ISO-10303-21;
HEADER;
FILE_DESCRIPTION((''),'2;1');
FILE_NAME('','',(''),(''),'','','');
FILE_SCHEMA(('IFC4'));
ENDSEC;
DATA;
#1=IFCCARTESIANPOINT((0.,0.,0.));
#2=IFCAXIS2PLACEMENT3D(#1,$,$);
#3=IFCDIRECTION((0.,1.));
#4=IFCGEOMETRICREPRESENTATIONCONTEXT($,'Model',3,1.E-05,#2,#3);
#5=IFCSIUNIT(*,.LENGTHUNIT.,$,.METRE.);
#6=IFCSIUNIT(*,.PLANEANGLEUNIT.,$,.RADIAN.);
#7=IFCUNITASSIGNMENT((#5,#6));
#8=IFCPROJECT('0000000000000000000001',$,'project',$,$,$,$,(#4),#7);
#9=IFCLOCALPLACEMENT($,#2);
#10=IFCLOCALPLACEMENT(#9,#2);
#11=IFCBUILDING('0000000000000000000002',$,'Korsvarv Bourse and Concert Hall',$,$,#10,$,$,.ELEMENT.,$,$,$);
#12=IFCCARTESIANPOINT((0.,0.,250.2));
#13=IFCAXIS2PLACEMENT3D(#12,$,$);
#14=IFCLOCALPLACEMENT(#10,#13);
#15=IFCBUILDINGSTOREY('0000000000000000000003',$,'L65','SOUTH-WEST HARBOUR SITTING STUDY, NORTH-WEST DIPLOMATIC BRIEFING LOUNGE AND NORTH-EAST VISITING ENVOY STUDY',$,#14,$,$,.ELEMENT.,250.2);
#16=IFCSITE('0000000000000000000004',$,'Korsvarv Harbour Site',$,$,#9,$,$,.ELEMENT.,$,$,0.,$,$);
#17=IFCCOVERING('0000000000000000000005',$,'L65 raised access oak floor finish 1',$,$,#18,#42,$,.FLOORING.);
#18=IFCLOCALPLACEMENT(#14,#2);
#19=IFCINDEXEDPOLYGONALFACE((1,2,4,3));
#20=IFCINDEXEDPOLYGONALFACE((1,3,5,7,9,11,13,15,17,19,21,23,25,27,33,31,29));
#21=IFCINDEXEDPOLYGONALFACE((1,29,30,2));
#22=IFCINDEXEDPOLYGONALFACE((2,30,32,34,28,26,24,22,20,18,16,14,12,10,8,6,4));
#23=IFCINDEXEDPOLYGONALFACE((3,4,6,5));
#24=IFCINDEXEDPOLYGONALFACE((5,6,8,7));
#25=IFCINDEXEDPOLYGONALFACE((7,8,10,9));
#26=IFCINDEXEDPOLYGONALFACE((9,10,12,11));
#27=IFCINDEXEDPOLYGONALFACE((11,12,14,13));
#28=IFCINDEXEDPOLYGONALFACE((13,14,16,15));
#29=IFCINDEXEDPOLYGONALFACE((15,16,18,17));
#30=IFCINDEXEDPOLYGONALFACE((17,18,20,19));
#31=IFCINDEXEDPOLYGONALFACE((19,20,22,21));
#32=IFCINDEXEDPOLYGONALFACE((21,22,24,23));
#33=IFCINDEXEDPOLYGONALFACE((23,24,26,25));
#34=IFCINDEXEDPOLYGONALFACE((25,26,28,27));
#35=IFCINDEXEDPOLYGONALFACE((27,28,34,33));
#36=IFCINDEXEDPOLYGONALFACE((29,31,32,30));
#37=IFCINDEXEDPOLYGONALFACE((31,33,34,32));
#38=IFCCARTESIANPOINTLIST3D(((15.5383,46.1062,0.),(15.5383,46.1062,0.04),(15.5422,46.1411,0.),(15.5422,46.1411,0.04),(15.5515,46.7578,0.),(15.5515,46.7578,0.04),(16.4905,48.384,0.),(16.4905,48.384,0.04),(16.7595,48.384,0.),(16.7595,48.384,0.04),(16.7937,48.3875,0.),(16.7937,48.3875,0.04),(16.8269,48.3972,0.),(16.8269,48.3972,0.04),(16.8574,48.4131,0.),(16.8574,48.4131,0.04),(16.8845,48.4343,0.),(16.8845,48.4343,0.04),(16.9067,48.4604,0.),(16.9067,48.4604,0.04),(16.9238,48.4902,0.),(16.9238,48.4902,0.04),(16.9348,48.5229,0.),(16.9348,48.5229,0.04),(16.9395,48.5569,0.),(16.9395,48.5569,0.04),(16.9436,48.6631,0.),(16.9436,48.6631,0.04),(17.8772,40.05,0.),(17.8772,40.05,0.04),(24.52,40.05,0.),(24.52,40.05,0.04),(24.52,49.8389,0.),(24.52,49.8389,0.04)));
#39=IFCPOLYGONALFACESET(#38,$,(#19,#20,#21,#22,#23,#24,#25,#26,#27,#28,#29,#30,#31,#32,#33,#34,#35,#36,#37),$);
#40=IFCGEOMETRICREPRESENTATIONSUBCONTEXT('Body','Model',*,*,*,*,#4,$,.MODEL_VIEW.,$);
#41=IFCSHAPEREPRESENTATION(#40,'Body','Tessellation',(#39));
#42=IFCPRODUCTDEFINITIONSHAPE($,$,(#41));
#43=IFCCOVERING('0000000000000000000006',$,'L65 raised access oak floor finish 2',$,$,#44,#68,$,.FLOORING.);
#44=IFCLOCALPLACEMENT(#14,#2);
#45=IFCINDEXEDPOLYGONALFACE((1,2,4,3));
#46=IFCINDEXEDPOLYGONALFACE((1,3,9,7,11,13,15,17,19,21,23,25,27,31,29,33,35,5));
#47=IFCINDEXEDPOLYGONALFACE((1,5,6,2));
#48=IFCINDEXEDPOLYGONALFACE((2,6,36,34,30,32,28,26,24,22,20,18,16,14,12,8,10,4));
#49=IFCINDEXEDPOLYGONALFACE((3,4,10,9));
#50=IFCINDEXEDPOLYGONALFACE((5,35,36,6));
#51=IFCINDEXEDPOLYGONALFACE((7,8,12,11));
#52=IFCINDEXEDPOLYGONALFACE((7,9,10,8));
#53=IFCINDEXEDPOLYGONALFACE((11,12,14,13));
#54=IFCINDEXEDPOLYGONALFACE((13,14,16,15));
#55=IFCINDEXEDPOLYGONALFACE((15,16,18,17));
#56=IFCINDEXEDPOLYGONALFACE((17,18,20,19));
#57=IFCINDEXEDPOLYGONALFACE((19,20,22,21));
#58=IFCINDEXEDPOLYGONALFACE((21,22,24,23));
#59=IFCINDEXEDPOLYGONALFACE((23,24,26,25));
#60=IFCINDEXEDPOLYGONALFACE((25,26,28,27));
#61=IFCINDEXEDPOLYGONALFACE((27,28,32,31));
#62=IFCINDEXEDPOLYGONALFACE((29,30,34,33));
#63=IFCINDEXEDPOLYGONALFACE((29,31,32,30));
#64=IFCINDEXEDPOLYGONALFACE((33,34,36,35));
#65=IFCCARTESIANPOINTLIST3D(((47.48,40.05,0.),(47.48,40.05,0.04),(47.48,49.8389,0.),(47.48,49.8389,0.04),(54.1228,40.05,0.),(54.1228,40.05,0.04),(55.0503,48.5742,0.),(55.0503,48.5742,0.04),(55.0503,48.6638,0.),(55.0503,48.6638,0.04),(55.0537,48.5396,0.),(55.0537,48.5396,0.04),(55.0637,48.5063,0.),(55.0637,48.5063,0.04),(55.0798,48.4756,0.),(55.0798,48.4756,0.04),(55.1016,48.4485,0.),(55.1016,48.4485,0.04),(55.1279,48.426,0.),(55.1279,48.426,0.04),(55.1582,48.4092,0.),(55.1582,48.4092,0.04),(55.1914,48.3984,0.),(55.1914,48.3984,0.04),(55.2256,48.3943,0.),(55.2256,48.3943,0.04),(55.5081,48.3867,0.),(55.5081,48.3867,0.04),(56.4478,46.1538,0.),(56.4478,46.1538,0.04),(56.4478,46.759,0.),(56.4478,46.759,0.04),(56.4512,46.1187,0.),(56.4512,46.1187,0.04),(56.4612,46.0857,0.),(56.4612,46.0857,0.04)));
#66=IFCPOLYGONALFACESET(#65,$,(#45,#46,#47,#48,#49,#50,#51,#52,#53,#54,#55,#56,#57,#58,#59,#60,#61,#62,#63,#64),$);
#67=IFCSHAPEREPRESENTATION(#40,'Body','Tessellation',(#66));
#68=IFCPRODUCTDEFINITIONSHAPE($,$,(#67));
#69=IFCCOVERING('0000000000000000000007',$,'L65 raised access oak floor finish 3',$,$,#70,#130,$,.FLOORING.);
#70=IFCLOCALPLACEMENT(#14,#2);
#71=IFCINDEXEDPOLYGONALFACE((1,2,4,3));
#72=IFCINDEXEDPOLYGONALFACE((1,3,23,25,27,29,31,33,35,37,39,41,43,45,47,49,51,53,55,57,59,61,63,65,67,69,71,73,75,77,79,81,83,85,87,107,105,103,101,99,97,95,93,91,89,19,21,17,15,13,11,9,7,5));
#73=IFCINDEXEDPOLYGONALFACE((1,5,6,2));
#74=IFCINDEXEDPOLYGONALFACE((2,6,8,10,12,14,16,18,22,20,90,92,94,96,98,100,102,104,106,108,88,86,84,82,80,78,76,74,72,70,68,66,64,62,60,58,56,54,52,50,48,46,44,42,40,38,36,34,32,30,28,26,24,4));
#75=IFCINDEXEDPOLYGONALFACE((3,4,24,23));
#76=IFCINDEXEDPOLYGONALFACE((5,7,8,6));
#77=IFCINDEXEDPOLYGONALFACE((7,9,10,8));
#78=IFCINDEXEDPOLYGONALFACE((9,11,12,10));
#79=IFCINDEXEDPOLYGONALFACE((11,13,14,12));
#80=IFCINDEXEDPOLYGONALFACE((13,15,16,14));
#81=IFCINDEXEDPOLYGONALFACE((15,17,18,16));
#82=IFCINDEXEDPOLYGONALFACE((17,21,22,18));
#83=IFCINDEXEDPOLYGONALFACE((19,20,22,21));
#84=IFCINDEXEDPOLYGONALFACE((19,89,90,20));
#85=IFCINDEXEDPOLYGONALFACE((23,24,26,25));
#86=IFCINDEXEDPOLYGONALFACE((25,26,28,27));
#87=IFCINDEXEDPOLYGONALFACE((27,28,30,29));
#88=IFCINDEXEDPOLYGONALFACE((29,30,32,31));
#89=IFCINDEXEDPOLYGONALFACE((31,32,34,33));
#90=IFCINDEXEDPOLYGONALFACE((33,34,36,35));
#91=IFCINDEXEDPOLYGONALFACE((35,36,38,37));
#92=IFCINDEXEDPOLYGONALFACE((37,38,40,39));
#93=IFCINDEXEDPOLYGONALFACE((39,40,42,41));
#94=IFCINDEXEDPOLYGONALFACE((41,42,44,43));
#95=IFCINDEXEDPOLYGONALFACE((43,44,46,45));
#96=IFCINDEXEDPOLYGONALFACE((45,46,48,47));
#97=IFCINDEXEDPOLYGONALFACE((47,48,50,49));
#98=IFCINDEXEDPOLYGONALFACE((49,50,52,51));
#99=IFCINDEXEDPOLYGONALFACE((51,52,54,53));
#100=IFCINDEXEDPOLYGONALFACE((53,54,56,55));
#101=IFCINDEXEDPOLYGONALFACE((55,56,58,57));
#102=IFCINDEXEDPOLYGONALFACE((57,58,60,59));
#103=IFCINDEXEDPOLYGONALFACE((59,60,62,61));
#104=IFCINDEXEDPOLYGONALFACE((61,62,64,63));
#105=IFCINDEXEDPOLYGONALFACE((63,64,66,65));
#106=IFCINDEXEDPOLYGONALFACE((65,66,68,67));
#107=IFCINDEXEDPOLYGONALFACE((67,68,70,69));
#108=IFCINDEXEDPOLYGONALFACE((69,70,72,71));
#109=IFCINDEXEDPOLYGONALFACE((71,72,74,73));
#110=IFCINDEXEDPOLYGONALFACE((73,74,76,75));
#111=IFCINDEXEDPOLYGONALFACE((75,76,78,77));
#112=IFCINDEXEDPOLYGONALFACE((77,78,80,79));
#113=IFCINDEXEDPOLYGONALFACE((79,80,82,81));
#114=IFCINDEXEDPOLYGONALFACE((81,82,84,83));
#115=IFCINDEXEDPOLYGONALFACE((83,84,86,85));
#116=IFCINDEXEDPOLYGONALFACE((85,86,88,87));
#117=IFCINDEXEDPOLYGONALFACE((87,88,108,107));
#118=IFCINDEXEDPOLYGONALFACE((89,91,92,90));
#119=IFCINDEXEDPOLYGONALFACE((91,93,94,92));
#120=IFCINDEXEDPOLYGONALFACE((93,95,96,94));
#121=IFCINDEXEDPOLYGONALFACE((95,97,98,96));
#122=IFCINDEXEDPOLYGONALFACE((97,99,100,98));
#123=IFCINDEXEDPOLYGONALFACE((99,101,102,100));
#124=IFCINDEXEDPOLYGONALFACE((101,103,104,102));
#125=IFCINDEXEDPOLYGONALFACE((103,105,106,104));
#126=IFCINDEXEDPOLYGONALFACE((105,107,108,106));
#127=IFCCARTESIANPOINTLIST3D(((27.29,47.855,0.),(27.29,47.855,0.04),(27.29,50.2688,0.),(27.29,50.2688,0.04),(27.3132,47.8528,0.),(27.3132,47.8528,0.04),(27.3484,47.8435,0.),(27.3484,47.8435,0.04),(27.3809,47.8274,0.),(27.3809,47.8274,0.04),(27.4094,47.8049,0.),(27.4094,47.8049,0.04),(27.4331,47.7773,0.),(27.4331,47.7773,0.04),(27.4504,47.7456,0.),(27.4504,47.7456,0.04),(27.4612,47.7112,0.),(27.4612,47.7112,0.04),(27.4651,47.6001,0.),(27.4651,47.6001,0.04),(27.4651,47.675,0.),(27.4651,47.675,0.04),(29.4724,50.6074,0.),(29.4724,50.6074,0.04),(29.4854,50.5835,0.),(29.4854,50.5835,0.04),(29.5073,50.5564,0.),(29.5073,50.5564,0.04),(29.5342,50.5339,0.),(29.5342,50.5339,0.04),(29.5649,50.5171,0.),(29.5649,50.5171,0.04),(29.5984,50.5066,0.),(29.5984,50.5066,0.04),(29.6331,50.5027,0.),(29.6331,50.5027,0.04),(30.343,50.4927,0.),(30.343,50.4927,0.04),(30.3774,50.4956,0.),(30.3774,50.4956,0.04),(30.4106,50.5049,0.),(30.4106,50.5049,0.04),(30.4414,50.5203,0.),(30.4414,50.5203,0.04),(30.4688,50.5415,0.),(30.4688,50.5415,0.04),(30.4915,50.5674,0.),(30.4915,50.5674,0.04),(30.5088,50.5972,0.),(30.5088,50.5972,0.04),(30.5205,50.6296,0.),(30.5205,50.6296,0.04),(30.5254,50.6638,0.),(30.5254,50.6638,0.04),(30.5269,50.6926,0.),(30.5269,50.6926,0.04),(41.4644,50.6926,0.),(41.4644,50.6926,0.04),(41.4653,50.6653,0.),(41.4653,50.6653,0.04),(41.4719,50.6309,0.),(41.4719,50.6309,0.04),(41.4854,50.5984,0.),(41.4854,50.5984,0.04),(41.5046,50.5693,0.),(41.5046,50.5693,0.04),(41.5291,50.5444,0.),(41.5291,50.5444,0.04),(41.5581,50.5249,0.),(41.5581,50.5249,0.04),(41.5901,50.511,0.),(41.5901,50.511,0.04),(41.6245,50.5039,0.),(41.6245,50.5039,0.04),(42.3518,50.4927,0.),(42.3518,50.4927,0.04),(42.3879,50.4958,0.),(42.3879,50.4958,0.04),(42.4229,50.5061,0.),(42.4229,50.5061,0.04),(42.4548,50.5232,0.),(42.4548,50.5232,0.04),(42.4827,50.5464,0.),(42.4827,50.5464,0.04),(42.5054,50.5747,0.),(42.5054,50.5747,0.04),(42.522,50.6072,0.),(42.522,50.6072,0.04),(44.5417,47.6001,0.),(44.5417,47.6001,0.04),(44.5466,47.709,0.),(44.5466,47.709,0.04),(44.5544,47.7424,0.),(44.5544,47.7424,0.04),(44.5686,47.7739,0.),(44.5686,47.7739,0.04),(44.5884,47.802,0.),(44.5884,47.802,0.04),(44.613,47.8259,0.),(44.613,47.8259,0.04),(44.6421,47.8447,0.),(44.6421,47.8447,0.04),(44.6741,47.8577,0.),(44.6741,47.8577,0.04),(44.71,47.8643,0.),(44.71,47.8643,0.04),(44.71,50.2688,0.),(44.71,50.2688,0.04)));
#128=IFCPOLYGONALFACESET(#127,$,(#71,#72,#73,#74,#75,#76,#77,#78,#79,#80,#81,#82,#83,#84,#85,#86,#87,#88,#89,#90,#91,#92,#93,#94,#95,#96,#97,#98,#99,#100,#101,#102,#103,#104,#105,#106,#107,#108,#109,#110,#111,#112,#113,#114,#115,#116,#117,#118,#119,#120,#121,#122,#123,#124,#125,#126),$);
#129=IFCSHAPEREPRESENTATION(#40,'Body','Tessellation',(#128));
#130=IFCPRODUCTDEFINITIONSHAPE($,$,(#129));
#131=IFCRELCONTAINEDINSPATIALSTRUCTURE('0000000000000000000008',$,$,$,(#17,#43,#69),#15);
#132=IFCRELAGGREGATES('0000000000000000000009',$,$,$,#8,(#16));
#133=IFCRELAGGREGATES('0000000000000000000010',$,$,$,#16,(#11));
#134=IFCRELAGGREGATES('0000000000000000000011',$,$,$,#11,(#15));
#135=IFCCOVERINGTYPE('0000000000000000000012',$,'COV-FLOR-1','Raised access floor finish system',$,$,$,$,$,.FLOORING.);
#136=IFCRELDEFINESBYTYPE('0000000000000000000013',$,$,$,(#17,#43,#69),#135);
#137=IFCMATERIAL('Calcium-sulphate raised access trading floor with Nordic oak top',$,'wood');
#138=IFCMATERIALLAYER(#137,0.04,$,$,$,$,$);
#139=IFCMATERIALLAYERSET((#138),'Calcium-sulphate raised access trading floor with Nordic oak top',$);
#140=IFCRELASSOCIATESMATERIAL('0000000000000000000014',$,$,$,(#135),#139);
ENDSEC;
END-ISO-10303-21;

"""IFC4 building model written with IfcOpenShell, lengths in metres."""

from ifc_helpers import new_model, si_unit, direction, frame, origin, place, context, subcontext, project, spatial, polyline, outline, extrude, material, layer, layer_set, type_object, element, save


model = new_model("IFC4")

# Units and contexts
model_context = context("Model", 3, precision=1e-05, world=origin(), true_north=direction((0.0, 1.0)))
body_context = subcontext(model_context, "Body", "Model", "MODEL_VIEW")
ifc_project = project(units=[si_unit("LENGTHUNIT", "METRE"), si_unit("PLANEANGLEUNIT", "RADIAN")], contexts=[model_context])

# Site, building, storey
site_placement = place(None, origin())
site = spatial("IfcSite", under=ifc_project, at=site_placement, Name="Korsvarv Harbour Site", CompositionType="ELEMENT", RefElevation=0.0)
building_placement = place(site_placement, origin())
building = spatial("IfcBuilding", under=site, at=building_placement, Name="Korsvarv Bourse and Concert Hall", CompositionType="ELEMENT")
storey_placement = place(building_placement, frame((0.0, 0.0, 250.2)))
storey = spatial("IfcBuildingStorey", under=building, at=storey_placement, Name="L65", Description="SOUTH-WEST HARBOUR SITTING STUDY, NORTH-WEST DIPLOMATIC BRIEFING LOUNGE AND NORTH-EAST VISITING ENVOY STUDY", CompositionType="ELEMENT", Elevation=250.2)

# Coverings
ifc_material_1 = material(Name="Calcium-sulphate raised access trading floor with Nordic oak top", Category="wood")
ifc_layer_1 = layer(ifc_material_1, 0.04)
ifc_layer_set_1 = layer_set([ifc_layer_1], Name="Calcium-sulphate raised access trading floor with Nordic oak top")
covering_type_1 = type_object("IfcCoveringType", Name="COV-FLOR-1", Description="Raised access floor finish system", PredefinedType="FLOORING", material=ifc_layer_set_1)
covering_1_placement = place(storey_placement, origin())
element("IfcCovering", 1, at=covering_1_placement, inside=storey, type_object=covering_type_1, Name="L65 raised access oak floor finish 1", PredefinedType="FLOORING", context=body_context, shape_type="SweptSolid", body=[
    extrude(outline(polyline([(15.5383, 46.1062), (15.5422, 46.1411), (15.5515, 46.7578), (16.4905, 48.384), (16.7595, 48.384), (16.7937, 48.3875), (16.8269, 48.3972), (16.8574, 48.4131), (16.8845, 48.4343), (16.9067, 48.4604), (16.9238, 48.4902), (16.9348, 48.5229), (16.9395, 48.5569), (16.9436, 48.6631), (24.52, 49.8389), (24.52, 40.05), (17.8772, 40.05), (15.5383, 46.1062)])), origin(), (0.0, 0.0, 1.0), 0.04),
])
covering_2_placement = place(storey_placement, origin())
element("IfcCovering", 2, at=covering_2_placement, inside=storey, type_object=covering_type_1, Name="L65 raised access oak floor finish 2", PredefinedType="FLOORING", context=body_context, shape_type="SweptSolid", body=[
    extrude(outline(polyline([(55.0503, 48.5742), (55.0537, 48.5396), (55.0637, 48.5063), (55.0798, 48.4756), (55.1016, 48.4485), (55.1279, 48.426), (55.1582, 48.4092), (55.1914, 48.3984), (55.2256, 48.3943), (55.5081, 48.3867), (56.4478, 46.759), (56.4478, 46.1538), (56.4512, 46.1187), (56.4612, 46.0857), (54.1228, 40.05), (47.48, 40.05), (47.48, 49.8389), (55.0503, 48.6638), (55.0503, 48.5742)])), origin(), (0.0, 0.0, 1.0), 0.04),
])
covering_3_placement = place(storey_placement, origin())
element("IfcCovering", 3, at=covering_3_placement, inside=storey, type_object=covering_type_1, Name="L65 raised access oak floor finish 3", PredefinedType="FLOORING", context=body_context, shape_type="SweptSolid", body=[
    extrude(outline(polyline([(29.4724, 50.6074), (29.4854, 50.5835), (29.5073, 50.5564), (29.5342, 50.5339), (29.5649, 50.5171), (29.5984, 50.5066), (29.6331, 50.5027), (30.343, 50.4927), (30.3774, 50.4956), (30.4106, 50.5049), (30.4414, 50.5203), (30.4688, 50.5415), (30.4915, 50.5674), (30.5088, 50.5972), (30.5205, 50.6296), (30.5254, 50.6638), (30.5269, 50.6926), (41.4644, 50.6926), (41.4653, 50.6653), (41.4719, 50.6309), (41.4854, 50.5984), (41.5046, 50.5693), (41.5291, 50.5444), (41.5581, 50.5249), (41.5901, 50.511), (41.6245, 50.5039), (42.3518, 50.4927), (42.3879, 50.4958), (42.4229, 50.5061), (42.4548, 50.5232), (42.4827, 50.5464), (42.5054, 50.5747), (42.522, 50.6072), (44.71, 50.2688), (44.71, 47.8643), (44.6741, 47.8577), (44.6421, 47.8447), (44.613, 47.8259), (44.5884, 47.802), (44.5686, 47.7739), (44.5544, 47.7424), (44.5466, 47.709), (44.5417, 47.6001), (27.4651, 47.6001), (27.4651, 47.675), (27.4612, 47.7112), (27.4504, 47.7456), (27.4331, 47.7773), (27.4094, 47.8049), (27.3809, 47.8274), (27.3484, 47.8435), (27.3132, 47.8528), (27.29, 47.855), (27.29, 50.2688), (29.4724, 50.6074)])), origin(), (0.0, 0.0, 1.0), 0.04),
])

save(model, "model.ifc")
